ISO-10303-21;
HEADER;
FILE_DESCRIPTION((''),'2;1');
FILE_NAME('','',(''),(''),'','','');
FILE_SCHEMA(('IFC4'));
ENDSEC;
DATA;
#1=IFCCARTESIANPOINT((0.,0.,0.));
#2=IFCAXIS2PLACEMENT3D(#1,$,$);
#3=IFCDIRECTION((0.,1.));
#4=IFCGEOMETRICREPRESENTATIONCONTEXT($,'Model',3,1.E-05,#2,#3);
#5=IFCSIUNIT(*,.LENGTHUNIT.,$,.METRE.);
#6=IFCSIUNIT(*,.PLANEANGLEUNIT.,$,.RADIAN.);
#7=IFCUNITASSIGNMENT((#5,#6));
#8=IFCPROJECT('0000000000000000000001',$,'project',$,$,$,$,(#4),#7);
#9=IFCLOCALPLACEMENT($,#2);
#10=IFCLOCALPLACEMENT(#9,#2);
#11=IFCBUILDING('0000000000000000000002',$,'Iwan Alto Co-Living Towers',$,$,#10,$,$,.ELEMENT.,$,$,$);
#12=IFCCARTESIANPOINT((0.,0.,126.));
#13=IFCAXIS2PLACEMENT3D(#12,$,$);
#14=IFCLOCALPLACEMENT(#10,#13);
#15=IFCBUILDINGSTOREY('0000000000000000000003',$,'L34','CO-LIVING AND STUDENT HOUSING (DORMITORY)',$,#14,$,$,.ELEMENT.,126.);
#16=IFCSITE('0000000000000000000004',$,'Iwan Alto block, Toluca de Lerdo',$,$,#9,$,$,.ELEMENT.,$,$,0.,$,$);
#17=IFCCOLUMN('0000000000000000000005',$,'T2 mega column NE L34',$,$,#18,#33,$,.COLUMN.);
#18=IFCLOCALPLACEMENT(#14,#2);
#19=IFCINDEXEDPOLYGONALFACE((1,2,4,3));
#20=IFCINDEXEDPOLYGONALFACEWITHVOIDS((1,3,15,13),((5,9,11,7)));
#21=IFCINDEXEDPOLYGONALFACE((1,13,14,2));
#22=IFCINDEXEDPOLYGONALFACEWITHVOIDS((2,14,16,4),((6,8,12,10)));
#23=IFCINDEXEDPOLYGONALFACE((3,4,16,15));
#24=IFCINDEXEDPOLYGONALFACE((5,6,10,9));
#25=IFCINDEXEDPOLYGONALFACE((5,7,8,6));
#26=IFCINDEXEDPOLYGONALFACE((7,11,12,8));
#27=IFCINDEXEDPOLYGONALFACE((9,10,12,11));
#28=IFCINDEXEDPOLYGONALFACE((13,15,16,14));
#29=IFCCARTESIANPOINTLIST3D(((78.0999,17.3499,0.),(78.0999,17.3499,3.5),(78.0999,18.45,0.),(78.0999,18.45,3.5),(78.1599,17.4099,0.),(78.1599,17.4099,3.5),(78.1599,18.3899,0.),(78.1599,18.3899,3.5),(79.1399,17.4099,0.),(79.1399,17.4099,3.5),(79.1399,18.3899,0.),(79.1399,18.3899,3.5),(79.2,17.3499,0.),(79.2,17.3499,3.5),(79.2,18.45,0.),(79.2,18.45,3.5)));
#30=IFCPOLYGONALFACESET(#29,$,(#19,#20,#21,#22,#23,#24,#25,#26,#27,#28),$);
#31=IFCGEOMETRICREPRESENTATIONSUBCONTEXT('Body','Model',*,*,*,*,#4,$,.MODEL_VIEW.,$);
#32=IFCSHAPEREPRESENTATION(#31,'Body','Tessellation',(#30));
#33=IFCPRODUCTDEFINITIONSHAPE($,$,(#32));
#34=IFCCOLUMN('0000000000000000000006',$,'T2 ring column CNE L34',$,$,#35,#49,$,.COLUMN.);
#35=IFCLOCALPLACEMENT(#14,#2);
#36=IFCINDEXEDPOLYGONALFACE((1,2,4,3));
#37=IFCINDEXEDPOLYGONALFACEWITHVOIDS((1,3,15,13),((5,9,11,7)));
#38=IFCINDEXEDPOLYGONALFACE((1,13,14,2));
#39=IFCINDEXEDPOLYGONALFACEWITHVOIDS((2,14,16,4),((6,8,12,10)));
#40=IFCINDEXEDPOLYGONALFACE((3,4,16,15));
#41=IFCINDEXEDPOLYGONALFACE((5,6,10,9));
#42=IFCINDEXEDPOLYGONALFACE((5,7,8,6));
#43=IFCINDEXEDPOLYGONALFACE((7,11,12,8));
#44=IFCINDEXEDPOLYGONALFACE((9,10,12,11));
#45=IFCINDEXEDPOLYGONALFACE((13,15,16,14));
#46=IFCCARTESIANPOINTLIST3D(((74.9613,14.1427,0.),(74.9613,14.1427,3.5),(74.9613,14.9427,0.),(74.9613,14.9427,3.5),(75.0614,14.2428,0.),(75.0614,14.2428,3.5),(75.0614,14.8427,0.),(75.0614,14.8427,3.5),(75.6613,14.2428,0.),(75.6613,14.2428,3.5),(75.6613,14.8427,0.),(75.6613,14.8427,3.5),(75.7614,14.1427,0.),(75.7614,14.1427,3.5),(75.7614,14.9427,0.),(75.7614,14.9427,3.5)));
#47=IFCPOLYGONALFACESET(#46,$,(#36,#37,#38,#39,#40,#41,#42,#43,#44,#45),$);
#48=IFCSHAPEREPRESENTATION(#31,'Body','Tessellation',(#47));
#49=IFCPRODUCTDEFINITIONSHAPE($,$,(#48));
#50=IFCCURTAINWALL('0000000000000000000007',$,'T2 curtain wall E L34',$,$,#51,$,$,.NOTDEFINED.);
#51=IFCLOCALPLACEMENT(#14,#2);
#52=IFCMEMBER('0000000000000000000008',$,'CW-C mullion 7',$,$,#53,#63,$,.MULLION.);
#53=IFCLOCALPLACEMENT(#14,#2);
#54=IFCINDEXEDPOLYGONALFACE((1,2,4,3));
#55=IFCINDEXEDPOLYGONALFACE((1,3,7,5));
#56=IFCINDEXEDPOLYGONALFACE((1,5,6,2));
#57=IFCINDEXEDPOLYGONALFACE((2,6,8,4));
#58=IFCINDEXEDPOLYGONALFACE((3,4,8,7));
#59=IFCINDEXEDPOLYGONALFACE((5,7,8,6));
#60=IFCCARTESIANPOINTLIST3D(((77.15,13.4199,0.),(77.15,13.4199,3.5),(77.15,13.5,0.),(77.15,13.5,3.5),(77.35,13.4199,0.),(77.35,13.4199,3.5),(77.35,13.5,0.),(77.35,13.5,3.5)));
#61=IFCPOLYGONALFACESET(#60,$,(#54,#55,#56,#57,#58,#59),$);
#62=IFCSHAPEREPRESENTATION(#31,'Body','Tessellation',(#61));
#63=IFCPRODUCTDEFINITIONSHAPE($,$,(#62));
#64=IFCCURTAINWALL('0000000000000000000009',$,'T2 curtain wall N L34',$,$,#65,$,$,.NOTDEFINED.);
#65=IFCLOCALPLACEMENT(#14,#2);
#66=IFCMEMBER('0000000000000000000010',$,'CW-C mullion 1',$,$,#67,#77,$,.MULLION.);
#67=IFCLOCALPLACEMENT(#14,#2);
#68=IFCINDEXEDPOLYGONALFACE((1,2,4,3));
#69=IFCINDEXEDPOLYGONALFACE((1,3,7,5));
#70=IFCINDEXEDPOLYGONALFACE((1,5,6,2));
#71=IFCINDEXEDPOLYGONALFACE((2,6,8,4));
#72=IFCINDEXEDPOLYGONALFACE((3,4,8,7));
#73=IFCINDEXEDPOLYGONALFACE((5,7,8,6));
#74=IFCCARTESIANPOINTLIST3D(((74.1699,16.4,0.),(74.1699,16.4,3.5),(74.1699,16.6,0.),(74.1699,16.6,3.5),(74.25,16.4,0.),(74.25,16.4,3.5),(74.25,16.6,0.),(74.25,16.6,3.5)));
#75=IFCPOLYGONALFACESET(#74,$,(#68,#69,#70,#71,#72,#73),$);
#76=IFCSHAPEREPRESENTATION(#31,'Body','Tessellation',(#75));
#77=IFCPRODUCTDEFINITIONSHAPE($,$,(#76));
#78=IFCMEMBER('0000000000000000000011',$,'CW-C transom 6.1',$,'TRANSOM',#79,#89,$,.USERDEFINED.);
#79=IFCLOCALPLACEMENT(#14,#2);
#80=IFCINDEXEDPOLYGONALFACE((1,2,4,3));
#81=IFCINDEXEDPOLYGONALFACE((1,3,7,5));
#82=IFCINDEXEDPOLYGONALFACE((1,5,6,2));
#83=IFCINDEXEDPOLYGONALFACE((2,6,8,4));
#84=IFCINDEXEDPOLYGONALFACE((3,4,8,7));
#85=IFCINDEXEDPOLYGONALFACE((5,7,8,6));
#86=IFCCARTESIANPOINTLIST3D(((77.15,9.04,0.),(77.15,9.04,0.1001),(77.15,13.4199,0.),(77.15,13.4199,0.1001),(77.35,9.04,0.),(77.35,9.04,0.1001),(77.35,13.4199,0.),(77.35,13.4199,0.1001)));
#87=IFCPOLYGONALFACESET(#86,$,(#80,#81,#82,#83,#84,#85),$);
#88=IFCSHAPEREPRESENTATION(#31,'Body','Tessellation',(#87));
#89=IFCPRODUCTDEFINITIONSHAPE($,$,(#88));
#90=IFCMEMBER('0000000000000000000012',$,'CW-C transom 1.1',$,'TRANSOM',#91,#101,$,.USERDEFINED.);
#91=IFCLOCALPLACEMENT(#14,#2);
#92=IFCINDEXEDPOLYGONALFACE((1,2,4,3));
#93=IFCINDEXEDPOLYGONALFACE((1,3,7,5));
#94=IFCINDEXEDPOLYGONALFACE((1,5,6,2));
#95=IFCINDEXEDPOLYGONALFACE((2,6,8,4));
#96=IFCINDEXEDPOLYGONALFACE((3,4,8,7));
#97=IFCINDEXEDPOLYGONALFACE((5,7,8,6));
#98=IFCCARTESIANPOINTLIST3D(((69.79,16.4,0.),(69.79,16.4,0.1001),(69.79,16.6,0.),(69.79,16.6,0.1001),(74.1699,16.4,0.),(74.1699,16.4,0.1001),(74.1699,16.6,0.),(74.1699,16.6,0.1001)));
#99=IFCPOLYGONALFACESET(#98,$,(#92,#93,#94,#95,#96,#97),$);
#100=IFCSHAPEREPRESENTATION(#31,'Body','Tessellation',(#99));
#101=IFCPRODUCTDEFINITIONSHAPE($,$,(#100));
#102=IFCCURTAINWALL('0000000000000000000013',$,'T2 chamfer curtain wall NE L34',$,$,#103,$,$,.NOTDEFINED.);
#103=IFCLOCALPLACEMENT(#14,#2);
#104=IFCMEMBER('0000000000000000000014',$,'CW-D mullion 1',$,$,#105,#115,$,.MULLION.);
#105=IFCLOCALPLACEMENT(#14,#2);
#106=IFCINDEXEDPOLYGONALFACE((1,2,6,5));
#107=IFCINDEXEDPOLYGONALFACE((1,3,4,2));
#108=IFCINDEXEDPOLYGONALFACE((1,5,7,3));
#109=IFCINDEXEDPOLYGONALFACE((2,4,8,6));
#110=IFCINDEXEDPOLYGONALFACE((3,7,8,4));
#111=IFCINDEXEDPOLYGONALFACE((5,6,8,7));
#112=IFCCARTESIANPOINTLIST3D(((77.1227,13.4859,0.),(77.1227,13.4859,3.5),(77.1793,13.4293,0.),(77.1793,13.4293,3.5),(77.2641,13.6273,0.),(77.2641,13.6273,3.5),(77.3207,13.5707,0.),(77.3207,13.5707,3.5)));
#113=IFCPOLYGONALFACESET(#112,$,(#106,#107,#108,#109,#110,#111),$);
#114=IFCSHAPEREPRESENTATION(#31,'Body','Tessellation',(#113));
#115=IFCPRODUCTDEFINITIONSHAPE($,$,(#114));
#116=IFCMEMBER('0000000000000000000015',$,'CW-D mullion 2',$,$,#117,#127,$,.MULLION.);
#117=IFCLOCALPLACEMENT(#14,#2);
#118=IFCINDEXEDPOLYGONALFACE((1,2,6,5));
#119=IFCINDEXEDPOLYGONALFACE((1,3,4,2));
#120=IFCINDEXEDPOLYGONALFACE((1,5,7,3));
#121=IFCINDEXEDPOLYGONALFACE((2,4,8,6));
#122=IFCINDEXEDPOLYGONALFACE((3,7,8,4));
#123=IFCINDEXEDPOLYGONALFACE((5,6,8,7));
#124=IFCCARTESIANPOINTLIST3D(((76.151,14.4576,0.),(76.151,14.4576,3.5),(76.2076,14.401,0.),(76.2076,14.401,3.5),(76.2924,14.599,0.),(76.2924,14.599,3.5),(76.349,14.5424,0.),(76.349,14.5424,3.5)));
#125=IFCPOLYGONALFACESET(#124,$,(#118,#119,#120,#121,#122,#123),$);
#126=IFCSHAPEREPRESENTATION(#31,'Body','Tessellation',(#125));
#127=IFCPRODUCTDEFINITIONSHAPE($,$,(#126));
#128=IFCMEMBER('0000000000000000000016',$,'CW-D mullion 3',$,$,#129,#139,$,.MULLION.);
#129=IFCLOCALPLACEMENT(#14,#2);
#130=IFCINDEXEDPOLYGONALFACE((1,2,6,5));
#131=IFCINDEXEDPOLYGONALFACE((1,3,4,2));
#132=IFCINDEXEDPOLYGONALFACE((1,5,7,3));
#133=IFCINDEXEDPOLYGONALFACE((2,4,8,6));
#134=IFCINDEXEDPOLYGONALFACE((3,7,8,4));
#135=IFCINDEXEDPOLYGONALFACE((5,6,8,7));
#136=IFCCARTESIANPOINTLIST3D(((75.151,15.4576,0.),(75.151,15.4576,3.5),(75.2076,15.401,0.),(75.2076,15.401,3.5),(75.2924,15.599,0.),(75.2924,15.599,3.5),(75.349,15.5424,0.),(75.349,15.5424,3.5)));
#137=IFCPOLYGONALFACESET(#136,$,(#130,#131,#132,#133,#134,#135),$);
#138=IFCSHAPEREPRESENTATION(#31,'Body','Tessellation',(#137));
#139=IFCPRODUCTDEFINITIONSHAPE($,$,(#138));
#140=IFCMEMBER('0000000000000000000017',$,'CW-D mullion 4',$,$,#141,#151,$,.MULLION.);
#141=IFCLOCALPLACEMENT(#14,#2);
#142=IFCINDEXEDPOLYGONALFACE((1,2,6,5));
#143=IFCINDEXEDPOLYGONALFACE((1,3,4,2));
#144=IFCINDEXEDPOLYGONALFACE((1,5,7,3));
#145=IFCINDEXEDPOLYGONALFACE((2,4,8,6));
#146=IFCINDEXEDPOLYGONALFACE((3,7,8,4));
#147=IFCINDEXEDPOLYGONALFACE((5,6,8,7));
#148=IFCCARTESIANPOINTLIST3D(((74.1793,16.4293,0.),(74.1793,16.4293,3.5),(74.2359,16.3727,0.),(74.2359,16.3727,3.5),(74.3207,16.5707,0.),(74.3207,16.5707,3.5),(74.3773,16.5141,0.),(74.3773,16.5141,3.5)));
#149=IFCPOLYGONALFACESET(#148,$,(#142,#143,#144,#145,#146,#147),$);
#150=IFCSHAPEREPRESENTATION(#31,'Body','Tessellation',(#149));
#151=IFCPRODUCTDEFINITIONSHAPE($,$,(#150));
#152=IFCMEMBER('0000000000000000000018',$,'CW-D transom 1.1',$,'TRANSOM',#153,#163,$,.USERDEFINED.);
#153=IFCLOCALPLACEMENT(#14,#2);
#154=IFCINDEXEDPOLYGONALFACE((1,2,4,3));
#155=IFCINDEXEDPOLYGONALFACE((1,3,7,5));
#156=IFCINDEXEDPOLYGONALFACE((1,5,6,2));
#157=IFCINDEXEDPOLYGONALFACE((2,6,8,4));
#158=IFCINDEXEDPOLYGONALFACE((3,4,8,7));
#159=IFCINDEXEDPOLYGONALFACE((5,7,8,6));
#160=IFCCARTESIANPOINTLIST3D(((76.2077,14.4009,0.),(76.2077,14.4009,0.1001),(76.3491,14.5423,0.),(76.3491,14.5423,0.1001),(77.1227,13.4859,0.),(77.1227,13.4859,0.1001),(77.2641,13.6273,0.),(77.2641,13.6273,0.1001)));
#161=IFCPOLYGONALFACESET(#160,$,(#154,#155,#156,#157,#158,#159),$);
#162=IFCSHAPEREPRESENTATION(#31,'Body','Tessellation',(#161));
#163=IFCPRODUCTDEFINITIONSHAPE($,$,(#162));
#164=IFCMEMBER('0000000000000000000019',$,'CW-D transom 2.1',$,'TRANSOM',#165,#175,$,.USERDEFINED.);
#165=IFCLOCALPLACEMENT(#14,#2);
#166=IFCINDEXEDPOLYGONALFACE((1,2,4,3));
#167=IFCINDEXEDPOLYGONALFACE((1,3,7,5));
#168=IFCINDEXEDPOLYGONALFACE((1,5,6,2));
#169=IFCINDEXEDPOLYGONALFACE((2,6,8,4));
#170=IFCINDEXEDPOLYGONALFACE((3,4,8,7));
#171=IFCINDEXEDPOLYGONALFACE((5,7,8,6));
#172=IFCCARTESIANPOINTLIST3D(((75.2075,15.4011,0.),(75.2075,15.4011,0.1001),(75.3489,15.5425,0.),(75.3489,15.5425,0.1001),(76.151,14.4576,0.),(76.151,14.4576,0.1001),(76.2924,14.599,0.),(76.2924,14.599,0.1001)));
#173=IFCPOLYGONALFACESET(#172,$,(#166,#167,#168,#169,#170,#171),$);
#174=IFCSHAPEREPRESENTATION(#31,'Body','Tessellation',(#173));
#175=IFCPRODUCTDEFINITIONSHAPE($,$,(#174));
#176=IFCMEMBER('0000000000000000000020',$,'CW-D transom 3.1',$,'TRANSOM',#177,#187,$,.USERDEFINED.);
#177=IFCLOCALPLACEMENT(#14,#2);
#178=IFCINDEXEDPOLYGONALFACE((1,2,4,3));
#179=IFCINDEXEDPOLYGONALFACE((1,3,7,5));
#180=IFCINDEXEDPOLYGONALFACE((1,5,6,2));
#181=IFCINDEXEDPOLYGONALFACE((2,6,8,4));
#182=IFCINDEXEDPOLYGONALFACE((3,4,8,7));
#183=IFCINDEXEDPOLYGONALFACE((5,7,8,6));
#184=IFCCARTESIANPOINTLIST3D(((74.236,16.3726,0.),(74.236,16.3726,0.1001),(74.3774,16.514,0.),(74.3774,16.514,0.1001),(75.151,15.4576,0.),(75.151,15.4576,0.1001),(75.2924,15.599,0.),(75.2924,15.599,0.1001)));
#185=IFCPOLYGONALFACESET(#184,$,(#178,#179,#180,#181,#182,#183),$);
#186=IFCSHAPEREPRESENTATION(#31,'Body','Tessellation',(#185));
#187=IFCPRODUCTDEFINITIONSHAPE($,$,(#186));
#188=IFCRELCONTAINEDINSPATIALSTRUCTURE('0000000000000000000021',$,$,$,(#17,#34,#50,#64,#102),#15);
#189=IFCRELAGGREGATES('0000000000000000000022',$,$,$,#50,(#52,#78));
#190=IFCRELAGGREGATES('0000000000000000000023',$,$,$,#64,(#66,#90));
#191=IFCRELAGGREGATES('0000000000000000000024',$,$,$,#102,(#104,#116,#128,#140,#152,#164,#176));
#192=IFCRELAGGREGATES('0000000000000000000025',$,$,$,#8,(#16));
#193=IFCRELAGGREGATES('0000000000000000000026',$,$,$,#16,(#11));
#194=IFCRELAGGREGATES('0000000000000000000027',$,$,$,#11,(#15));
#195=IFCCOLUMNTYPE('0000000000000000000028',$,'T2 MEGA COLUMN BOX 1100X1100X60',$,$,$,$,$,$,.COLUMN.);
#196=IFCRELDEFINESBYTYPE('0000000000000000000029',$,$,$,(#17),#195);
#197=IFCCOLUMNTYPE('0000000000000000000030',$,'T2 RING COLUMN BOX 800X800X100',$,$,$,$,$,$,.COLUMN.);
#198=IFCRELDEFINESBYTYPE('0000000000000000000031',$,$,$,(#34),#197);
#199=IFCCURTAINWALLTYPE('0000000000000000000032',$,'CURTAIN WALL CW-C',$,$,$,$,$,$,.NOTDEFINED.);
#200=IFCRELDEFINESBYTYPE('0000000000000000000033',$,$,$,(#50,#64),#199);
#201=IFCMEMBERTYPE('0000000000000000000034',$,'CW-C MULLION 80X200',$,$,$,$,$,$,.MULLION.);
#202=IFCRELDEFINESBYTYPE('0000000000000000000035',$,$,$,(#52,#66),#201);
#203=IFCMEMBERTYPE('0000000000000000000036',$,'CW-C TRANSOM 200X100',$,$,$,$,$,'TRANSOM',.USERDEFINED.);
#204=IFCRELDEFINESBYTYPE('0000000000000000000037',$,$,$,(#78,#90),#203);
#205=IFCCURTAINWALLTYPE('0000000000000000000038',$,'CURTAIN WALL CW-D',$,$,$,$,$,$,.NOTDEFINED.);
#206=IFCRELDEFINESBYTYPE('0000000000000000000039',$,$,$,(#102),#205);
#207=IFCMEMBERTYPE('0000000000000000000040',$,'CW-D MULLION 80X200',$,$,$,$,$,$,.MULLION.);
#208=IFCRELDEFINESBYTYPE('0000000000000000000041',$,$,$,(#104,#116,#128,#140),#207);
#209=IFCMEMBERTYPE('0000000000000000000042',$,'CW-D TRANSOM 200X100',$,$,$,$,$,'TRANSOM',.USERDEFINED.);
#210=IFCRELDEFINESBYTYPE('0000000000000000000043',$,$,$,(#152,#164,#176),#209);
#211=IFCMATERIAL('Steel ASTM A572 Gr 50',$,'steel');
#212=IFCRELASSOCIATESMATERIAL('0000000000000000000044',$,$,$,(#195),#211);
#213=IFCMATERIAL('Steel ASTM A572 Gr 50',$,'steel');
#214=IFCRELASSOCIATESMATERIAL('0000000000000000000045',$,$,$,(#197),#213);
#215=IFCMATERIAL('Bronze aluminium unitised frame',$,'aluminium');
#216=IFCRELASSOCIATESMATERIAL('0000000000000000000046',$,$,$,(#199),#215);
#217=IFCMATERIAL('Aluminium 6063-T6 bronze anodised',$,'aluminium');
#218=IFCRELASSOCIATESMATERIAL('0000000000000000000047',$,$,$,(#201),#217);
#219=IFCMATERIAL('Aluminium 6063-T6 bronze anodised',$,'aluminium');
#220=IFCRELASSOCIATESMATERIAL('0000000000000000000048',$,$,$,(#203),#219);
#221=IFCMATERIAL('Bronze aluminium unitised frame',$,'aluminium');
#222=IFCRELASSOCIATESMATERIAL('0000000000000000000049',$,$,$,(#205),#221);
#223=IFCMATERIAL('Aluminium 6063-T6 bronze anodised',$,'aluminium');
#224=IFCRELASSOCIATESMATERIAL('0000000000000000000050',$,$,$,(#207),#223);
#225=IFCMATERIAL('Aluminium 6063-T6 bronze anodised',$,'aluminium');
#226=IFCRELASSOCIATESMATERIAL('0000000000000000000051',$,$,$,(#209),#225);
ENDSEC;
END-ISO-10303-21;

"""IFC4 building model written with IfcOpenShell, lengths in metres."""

from ifc_helpers import new_model, si_unit, direction, frame, origin, origin_2d, place, context, subcontext, project, spatial, rectangle, hollow_rectangle, extrude, material, material_profile, profile_set, type_object, element, aggregate, save


model = new_model("IFC4")

# Units and contexts
model_context = context("Model", 3, precision=1e-05, world=origin(), true_north=direction((0.0, 1.0)))
body_context = subcontext(model_context, "Body", "Model", "MODEL_VIEW")
ifc_project = project(units=[si_unit("LENGTHUNIT", "METRE"), si_unit("PLANEANGLEUNIT", "RADIAN")], contexts=[model_context])

# Site, building, storey
site_placement = place(None, origin())
site = spatial("IfcSite", under=ifc_project, at=site_placement, Name="Iwan Alto block, Toluca de Lerdo", CompositionType="ELEMENT", RefElevation=0.0)
building_placement = place(site_placement, origin())
building = spatial("IfcBuilding", under=site, at=building_placement, Name="Iwan Alto Co-Living Towers", CompositionType="ELEMENT")
storey_placement = place(building_placement, frame((0.0, 0.0, 126.0)))
storey = spatial("IfcBuildingStorey", under=building, at=storey_placement, Name="L34", Description="CO-LIVING AND STUDENT HOUSING (DORMITORY)", CompositionType="ELEMENT", Elevation=126.0)

# Columns
ifc_material_1 = material(Name="Steel ASTM A572 Gr 50", Category="steel")
ifc_material_profile_1 = material_profile(ifc_material_1, hollow_rectangle(XDim=1.1001, YDim=1.1001, WallThickness=0.0601, at=origin_2d()), Name="BOX 1100X1100X60")
ifc_profile_set_1 = profile_set([ifc_material_profile_1], Name="Steel ASTM A572 Gr 50")
column_type_1 = type_object("IfcColumnType", Name="T2 MEGA COLUMN BOX 1100X1100X60", PredefinedType="COLUMN", material=ifc_profile_set_1)
column_1_placement = place(storey_placement, frame((78.6499, 17.8999, 0.0), z_axis=(0.0, 0.0, 1.0), x_axis=(1.0, 0.0, 0.0)))
element("IfcColumn", 1, at=column_1_placement, inside=storey, type_object=column_type_1, Name="T2 mega column NE L34", PredefinedType="COLUMN", context=body_context, shape_type="SweptSolid", body=[
    extrude(hollow_rectangle(XDim=1.1001, YDim=1.1001, WallThickness=0.0601, at=origin_2d()), origin(), (0.0, 0.0, 1.0), 3.5),
])
ifc_material_2 = material(Name="Steel ASTM A572 Gr 50", Category="steel")
ifc_material_profile_2 = material_profile(ifc_material_2, hollow_rectangle(XDim=0.8, YDim=0.8, WallThickness=0.1001, at=origin_2d()), Name="BOX 800X800X100")
ifc_profile_set_2 = profile_set([ifc_material_profile_2], Name="Steel ASTM A572 Gr 50")
column_type_2 = type_object("IfcColumnType", Name="T2 RING COLUMN BOX 800X800X100", PredefinedType="COLUMN", material=ifc_profile_set_2)
column_2_placement = place(storey_placement, frame((75.3613, 14.5427, 0.0), z_axis=(0.0, 0.0, 1.0), x_axis=(1.0, 0.0, 0.0)))
element("IfcColumn", 2, at=column_2_placement, inside=storey, type_object=column_type_2, Name="T2 ring column CNE L34", PredefinedType="COLUMN", context=body_context, shape_type="SweptSolid", body=[
    extrude(hollow_rectangle(XDim=0.8, YDim=0.8, WallThickness=0.1001, at=origin_2d()), origin(), (0.0, 0.0, 1.0), 3.5),
])

# Curtain walls, members
ifc_material_3 = material(Name="Bronze aluminium unitised frame", Category="aluminium")
curtain_wall_type_1 = type_object("IfcCurtainWallType", Name="CURTAIN WALL CW-C", PredefinedType="NOTDEFINED", material=ifc_material_3)
curtain_wall_1_placement = place(storey_placement, origin())
curtain_wall_1 = element("IfcCurtainWall", 3, at=curtain_wall_1_placement, inside=storey, type_object=curtain_wall_type_1, Name="T2 curtain wall E L34", PredefinedType="NOTDEFINED")
ifc_material_4 = material(Name="Aluminium 6063-T6 bronze anodised", Category="aluminium")
ifc_material_profile_3 = material_profile(ifc_material_4, rectangle(XDim=0.2, YDim=0.0801, at=origin_2d()), Name="AL 80X200")
ifc_profile_set_3 = profile_set([ifc_material_profile_3], Name="Aluminium 6063-T6 bronze anodised")
member_type_1 = type_object("IfcMemberType", Name="CW-C MULLION 80X200", PredefinedType="MULLION", material=ifc_profile_set_3)
member_1_placement = place(storey_placement, frame((77.25, 13.46, 0.0), z_axis=(0.0, 0.0, 1.0), x_axis=(-1.0, 0.0, 0.0)))
member_1 = element("IfcMember", 4, at=member_1_placement, type_object=member_type_1, Name="CW-C mullion 7", PredefinedType="MULLION", context=body_context, shape_type="SweptSolid", body=[
    extrude(rectangle(XDim=0.2, YDim=0.0801, at=origin_2d()), origin(), (0.0, 0.0, 1.0), 3.5),
])
curtain_wall_2_placement = place(storey_placement, origin())
curtain_wall_2 = element("IfcCurtainWall", 5, at=curtain_wall_2_placement, inside=storey, type_object=curtain_wall_type_1, Name="T2 curtain wall N L34", PredefinedType="NOTDEFINED")
member_2_placement = place(storey_placement, frame((74.21, 16.5, 0.0), z_axis=(0.0, 0.0, 1.0), x_axis=(0.0, -1.0, 0.0)))
member_2 = element("IfcMember", 6, at=member_2_placement, type_object=member_type_1, Name="CW-C mullion 1", PredefinedType="MULLION", context=body_context, shape_type="SweptSolid", body=[
    extrude(rectangle(XDim=0.2, YDim=0.0801, at=origin_2d()), origin(), (0.0, 0.0, 1.0), 3.5),
])

# Members
ifc_material_5 = material(Name="Aluminium 6063-T6 bronze anodised", Category="aluminium")
ifc_material_profile_4 = material_profile(ifc_material_5, rectangle(XDim=0.2, YDim=0.1001, at=origin_2d()), Name="AL 200X100")
ifc_profile_set_4 = profile_set([ifc_material_profile_4], Name="Aluminium 6063-T6 bronze anodised")
member_type_2 = type_object("IfcMemberType", Name="CW-C TRANSOM 200X100", ElementType="TRANSOM", PredefinedType="USERDEFINED", material=ifc_profile_set_4)
member_3_placement = place(storey_placement, frame((77.25, 9.04, 0.05), z_axis=(0.0, 1.0, 0.0), x_axis=(-1.0, 0.0, 0.0)))
member_3 = element("IfcMember", 7, at=member_3_placement, type_object=member_type_2, Name="CW-C transom 6.1", ObjectType="TRANSOM", PredefinedType="USERDEFINED", context=body_context, shape_type="SweptSolid", body=[
    extrude(rectangle(XDim=0.2, YDim=0.1001, at=origin_2d()), origin(), (0.0, 0.0, 1.0), 4.3799),
])
member_4_placement = place(storey_placement, frame((74.1699, 16.5, 0.05), z_axis=(-1.0, 0.0, 0.0), x_axis=(0.0, -1.0, 0.0)))
member_4 = element("IfcMember", 8, at=member_4_placement, type_object=member_type_2, Name="CW-C transom 1.1", ObjectType="TRANSOM", PredefinedType="USERDEFINED", context=body_context, shape_type="SweptSolid", body=[
    extrude(rectangle(XDim=0.2, YDim=0.1001, at=origin_2d()), origin(), (0.0, 0.0, 1.0), 4.3799),
])

# Curtain wall, members
ifc_material_6 = material(Name="Bronze aluminium unitised frame", Category="aluminium")
curtain_wall_type_2 = type_object("IfcCurtainWallType", Name="CURTAIN WALL CW-D", PredefinedType="NOTDEFINED", material=ifc_material_6)
curtain_wall_3_placement = place(storey_placement, origin())
curtain_wall_3 = element("IfcCurtainWall", 9, at=curtain_wall_3_placement, inside=storey, type_object=curtain_wall_type_2, Name="T2 chamfer curtain wall NE L34", PredefinedType="NOTDEFINED")
ifc_material_7 = material(Name="Aluminium 6063-T6 bronze anodised", Category="aluminium")
ifc_material_profile_5 = material_profile(ifc_material_7, rectangle(XDim=0.2, YDim=0.0801, at=origin_2d()), Name="AL 80X200")
ifc_profile_set_5 = profile_set([ifc_material_profile_5], Name="Aluminium 6063-T6 bronze anodised")
member_type_3 = type_object("IfcMemberType", Name="CW-D MULLION 80X200", PredefinedType="MULLION", material=ifc_profile_set_5)
member_5_placement = place(storey_placement, frame((77.2217, 13.5283, 0.0), z_axis=(0.0, 0.0, 1.0), x_axis=(-0.707107, -0.707107, 0.0)))
member_5 = element("IfcMember", 10, at=member_5_placement, type_object=member_type_3, Name="CW-D mullion 1", PredefinedType="MULLION", context=body_context, shape_type="SweptSolid", body=[
    extrude(rectangle(XDim=0.2, YDim=0.0801, at=origin_2d()), origin(), (0.0, 0.0, 1.0), 3.5),
])
member_6_placement = place(storey_placement, frame((76.25, 14.5, 0.0), z_axis=(0.0, 0.0, 1.0), x_axis=(-0.707107, -0.707107, 0.0)))
member_6 = element("IfcMember", 11, at=member_6_placement, type_object=member_type_3, Name="CW-D mullion 2", PredefinedType="MULLION", context=body_context, shape_type="SweptSolid", body=[
    extrude(rectangle(XDim=0.2, YDim=0.0801, at=origin_2d()), origin(), (0.0, 0.0, 1.0), 3.5),
])
member_7_placement = place(storey_placement, frame((75.25, 15.5, 0.0), z_axis=(0.0, 0.0, 1.0), x_axis=(-0.707107, -0.707107, 0.0)))
member_7 = element("IfcMember", 12, at=member_7_placement, type_object=member_type_3, Name="CW-D mullion 3", PredefinedType="MULLION", context=body_context, shape_type="SweptSolid", body=[
    extrude(rectangle(XDim=0.2, YDim=0.0801, at=origin_2d()), origin(), (0.0, 0.0, 1.0), 3.5),
])
member_8_placement = place(storey_placement, frame((74.2783, 16.4717, 0.0), z_axis=(0.0, 0.0, 1.0), x_axis=(-0.707107, -0.707107, 0.0)))
member_8 = element("IfcMember", 13, at=member_8_placement, type_object=member_type_3, Name="CW-D mullion 4", PredefinedType="MULLION", context=body_context, shape_type="SweptSolid", body=[
    extrude(rectangle(XDim=0.2, YDim=0.0801, at=origin_2d()), origin(), (0.0, 0.0, 1.0), 3.5),
])
ifc_material_8 = material(Name="Aluminium 6063-T6 bronze anodised", Category="aluminium")
ifc_material_profile_6 = material_profile(ifc_material_8, rectangle(XDim=0.2, YDim=0.1001, at=origin_2d()), Name="AL 200X100")
ifc_profile_set_6 = profile_set([ifc_material_profile_6], Name="Aluminium 6063-T6 bronze anodised")
member_type_4 = type_object("IfcMemberType", Name="CW-D TRANSOM 200X100", ElementType="TRANSOM", PredefinedType="USERDEFINED", material=ifc_profile_set_6)
member_9_placement = place(storey_placement, frame((77.1934, 13.5566, 0.05), z_axis=(-0.707107, 0.707107, 0.0), x_axis=(-0.707107, -0.707107, 0.0)))
member_9 = element("IfcMember", 14, at=member_9_placement, type_object=member_type_4, Name="CW-D transom 1.1", ObjectType="TRANSOM", PredefinedType="USERDEFINED", context=body_context, shape_type="SweptSolid", body=[
    extrude(rectangle(XDim=0.2, YDim=0.1001, at=origin_2d()), origin(), (0.0, 0.0, 1.0), 1.2939),
])
member_10_placement = place(storey_placement, frame((76.2217, 14.5283, 0.05), z_axis=(-0.707107, 0.707107, 0.0), x_axis=(-0.707107, -0.707107, 0.0)))
member_10 = element("IfcMember", 15, at=member_10_placement, type_object=member_type_4, Name="CW-D transom 2.1", ObjectType="TRANSOM", PredefinedType="USERDEFINED", context=body_context, shape_type="SweptSolid", body=[
    extrude(rectangle(XDim=0.2, YDim=0.1001, at=origin_2d()), origin(), (0.0, 0.0, 1.0), 1.3342),
])
member_11_placement = place(storey_placement, frame((75.2217, 15.5283, 0.05), z_axis=(-0.707107, 0.707107, 0.0), x_axis=(-0.707107, -0.707107, 0.0)))
member_11 = element("IfcMember", 16, at=member_11_placement, type_object=member_type_4, Name="CW-D transom 3.1", ObjectType="TRANSOM", PredefinedType="USERDEFINED", context=body_context, shape_type="SweptSolid", body=[
    extrude(rectangle(XDim=0.2, YDim=0.1001, at=origin_2d()), origin(), (0.0, 0.0, 1.0), 1.2939),
])

aggregate(curtain_wall_1, [member_1, member_3])
aggregate(curtain_wall_2, [member_2, member_4])
aggregate(curtain_wall_3, [member_5, member_6, member_7, member_8, member_9, member_10, member_11])

save(model, "model.ifc")
